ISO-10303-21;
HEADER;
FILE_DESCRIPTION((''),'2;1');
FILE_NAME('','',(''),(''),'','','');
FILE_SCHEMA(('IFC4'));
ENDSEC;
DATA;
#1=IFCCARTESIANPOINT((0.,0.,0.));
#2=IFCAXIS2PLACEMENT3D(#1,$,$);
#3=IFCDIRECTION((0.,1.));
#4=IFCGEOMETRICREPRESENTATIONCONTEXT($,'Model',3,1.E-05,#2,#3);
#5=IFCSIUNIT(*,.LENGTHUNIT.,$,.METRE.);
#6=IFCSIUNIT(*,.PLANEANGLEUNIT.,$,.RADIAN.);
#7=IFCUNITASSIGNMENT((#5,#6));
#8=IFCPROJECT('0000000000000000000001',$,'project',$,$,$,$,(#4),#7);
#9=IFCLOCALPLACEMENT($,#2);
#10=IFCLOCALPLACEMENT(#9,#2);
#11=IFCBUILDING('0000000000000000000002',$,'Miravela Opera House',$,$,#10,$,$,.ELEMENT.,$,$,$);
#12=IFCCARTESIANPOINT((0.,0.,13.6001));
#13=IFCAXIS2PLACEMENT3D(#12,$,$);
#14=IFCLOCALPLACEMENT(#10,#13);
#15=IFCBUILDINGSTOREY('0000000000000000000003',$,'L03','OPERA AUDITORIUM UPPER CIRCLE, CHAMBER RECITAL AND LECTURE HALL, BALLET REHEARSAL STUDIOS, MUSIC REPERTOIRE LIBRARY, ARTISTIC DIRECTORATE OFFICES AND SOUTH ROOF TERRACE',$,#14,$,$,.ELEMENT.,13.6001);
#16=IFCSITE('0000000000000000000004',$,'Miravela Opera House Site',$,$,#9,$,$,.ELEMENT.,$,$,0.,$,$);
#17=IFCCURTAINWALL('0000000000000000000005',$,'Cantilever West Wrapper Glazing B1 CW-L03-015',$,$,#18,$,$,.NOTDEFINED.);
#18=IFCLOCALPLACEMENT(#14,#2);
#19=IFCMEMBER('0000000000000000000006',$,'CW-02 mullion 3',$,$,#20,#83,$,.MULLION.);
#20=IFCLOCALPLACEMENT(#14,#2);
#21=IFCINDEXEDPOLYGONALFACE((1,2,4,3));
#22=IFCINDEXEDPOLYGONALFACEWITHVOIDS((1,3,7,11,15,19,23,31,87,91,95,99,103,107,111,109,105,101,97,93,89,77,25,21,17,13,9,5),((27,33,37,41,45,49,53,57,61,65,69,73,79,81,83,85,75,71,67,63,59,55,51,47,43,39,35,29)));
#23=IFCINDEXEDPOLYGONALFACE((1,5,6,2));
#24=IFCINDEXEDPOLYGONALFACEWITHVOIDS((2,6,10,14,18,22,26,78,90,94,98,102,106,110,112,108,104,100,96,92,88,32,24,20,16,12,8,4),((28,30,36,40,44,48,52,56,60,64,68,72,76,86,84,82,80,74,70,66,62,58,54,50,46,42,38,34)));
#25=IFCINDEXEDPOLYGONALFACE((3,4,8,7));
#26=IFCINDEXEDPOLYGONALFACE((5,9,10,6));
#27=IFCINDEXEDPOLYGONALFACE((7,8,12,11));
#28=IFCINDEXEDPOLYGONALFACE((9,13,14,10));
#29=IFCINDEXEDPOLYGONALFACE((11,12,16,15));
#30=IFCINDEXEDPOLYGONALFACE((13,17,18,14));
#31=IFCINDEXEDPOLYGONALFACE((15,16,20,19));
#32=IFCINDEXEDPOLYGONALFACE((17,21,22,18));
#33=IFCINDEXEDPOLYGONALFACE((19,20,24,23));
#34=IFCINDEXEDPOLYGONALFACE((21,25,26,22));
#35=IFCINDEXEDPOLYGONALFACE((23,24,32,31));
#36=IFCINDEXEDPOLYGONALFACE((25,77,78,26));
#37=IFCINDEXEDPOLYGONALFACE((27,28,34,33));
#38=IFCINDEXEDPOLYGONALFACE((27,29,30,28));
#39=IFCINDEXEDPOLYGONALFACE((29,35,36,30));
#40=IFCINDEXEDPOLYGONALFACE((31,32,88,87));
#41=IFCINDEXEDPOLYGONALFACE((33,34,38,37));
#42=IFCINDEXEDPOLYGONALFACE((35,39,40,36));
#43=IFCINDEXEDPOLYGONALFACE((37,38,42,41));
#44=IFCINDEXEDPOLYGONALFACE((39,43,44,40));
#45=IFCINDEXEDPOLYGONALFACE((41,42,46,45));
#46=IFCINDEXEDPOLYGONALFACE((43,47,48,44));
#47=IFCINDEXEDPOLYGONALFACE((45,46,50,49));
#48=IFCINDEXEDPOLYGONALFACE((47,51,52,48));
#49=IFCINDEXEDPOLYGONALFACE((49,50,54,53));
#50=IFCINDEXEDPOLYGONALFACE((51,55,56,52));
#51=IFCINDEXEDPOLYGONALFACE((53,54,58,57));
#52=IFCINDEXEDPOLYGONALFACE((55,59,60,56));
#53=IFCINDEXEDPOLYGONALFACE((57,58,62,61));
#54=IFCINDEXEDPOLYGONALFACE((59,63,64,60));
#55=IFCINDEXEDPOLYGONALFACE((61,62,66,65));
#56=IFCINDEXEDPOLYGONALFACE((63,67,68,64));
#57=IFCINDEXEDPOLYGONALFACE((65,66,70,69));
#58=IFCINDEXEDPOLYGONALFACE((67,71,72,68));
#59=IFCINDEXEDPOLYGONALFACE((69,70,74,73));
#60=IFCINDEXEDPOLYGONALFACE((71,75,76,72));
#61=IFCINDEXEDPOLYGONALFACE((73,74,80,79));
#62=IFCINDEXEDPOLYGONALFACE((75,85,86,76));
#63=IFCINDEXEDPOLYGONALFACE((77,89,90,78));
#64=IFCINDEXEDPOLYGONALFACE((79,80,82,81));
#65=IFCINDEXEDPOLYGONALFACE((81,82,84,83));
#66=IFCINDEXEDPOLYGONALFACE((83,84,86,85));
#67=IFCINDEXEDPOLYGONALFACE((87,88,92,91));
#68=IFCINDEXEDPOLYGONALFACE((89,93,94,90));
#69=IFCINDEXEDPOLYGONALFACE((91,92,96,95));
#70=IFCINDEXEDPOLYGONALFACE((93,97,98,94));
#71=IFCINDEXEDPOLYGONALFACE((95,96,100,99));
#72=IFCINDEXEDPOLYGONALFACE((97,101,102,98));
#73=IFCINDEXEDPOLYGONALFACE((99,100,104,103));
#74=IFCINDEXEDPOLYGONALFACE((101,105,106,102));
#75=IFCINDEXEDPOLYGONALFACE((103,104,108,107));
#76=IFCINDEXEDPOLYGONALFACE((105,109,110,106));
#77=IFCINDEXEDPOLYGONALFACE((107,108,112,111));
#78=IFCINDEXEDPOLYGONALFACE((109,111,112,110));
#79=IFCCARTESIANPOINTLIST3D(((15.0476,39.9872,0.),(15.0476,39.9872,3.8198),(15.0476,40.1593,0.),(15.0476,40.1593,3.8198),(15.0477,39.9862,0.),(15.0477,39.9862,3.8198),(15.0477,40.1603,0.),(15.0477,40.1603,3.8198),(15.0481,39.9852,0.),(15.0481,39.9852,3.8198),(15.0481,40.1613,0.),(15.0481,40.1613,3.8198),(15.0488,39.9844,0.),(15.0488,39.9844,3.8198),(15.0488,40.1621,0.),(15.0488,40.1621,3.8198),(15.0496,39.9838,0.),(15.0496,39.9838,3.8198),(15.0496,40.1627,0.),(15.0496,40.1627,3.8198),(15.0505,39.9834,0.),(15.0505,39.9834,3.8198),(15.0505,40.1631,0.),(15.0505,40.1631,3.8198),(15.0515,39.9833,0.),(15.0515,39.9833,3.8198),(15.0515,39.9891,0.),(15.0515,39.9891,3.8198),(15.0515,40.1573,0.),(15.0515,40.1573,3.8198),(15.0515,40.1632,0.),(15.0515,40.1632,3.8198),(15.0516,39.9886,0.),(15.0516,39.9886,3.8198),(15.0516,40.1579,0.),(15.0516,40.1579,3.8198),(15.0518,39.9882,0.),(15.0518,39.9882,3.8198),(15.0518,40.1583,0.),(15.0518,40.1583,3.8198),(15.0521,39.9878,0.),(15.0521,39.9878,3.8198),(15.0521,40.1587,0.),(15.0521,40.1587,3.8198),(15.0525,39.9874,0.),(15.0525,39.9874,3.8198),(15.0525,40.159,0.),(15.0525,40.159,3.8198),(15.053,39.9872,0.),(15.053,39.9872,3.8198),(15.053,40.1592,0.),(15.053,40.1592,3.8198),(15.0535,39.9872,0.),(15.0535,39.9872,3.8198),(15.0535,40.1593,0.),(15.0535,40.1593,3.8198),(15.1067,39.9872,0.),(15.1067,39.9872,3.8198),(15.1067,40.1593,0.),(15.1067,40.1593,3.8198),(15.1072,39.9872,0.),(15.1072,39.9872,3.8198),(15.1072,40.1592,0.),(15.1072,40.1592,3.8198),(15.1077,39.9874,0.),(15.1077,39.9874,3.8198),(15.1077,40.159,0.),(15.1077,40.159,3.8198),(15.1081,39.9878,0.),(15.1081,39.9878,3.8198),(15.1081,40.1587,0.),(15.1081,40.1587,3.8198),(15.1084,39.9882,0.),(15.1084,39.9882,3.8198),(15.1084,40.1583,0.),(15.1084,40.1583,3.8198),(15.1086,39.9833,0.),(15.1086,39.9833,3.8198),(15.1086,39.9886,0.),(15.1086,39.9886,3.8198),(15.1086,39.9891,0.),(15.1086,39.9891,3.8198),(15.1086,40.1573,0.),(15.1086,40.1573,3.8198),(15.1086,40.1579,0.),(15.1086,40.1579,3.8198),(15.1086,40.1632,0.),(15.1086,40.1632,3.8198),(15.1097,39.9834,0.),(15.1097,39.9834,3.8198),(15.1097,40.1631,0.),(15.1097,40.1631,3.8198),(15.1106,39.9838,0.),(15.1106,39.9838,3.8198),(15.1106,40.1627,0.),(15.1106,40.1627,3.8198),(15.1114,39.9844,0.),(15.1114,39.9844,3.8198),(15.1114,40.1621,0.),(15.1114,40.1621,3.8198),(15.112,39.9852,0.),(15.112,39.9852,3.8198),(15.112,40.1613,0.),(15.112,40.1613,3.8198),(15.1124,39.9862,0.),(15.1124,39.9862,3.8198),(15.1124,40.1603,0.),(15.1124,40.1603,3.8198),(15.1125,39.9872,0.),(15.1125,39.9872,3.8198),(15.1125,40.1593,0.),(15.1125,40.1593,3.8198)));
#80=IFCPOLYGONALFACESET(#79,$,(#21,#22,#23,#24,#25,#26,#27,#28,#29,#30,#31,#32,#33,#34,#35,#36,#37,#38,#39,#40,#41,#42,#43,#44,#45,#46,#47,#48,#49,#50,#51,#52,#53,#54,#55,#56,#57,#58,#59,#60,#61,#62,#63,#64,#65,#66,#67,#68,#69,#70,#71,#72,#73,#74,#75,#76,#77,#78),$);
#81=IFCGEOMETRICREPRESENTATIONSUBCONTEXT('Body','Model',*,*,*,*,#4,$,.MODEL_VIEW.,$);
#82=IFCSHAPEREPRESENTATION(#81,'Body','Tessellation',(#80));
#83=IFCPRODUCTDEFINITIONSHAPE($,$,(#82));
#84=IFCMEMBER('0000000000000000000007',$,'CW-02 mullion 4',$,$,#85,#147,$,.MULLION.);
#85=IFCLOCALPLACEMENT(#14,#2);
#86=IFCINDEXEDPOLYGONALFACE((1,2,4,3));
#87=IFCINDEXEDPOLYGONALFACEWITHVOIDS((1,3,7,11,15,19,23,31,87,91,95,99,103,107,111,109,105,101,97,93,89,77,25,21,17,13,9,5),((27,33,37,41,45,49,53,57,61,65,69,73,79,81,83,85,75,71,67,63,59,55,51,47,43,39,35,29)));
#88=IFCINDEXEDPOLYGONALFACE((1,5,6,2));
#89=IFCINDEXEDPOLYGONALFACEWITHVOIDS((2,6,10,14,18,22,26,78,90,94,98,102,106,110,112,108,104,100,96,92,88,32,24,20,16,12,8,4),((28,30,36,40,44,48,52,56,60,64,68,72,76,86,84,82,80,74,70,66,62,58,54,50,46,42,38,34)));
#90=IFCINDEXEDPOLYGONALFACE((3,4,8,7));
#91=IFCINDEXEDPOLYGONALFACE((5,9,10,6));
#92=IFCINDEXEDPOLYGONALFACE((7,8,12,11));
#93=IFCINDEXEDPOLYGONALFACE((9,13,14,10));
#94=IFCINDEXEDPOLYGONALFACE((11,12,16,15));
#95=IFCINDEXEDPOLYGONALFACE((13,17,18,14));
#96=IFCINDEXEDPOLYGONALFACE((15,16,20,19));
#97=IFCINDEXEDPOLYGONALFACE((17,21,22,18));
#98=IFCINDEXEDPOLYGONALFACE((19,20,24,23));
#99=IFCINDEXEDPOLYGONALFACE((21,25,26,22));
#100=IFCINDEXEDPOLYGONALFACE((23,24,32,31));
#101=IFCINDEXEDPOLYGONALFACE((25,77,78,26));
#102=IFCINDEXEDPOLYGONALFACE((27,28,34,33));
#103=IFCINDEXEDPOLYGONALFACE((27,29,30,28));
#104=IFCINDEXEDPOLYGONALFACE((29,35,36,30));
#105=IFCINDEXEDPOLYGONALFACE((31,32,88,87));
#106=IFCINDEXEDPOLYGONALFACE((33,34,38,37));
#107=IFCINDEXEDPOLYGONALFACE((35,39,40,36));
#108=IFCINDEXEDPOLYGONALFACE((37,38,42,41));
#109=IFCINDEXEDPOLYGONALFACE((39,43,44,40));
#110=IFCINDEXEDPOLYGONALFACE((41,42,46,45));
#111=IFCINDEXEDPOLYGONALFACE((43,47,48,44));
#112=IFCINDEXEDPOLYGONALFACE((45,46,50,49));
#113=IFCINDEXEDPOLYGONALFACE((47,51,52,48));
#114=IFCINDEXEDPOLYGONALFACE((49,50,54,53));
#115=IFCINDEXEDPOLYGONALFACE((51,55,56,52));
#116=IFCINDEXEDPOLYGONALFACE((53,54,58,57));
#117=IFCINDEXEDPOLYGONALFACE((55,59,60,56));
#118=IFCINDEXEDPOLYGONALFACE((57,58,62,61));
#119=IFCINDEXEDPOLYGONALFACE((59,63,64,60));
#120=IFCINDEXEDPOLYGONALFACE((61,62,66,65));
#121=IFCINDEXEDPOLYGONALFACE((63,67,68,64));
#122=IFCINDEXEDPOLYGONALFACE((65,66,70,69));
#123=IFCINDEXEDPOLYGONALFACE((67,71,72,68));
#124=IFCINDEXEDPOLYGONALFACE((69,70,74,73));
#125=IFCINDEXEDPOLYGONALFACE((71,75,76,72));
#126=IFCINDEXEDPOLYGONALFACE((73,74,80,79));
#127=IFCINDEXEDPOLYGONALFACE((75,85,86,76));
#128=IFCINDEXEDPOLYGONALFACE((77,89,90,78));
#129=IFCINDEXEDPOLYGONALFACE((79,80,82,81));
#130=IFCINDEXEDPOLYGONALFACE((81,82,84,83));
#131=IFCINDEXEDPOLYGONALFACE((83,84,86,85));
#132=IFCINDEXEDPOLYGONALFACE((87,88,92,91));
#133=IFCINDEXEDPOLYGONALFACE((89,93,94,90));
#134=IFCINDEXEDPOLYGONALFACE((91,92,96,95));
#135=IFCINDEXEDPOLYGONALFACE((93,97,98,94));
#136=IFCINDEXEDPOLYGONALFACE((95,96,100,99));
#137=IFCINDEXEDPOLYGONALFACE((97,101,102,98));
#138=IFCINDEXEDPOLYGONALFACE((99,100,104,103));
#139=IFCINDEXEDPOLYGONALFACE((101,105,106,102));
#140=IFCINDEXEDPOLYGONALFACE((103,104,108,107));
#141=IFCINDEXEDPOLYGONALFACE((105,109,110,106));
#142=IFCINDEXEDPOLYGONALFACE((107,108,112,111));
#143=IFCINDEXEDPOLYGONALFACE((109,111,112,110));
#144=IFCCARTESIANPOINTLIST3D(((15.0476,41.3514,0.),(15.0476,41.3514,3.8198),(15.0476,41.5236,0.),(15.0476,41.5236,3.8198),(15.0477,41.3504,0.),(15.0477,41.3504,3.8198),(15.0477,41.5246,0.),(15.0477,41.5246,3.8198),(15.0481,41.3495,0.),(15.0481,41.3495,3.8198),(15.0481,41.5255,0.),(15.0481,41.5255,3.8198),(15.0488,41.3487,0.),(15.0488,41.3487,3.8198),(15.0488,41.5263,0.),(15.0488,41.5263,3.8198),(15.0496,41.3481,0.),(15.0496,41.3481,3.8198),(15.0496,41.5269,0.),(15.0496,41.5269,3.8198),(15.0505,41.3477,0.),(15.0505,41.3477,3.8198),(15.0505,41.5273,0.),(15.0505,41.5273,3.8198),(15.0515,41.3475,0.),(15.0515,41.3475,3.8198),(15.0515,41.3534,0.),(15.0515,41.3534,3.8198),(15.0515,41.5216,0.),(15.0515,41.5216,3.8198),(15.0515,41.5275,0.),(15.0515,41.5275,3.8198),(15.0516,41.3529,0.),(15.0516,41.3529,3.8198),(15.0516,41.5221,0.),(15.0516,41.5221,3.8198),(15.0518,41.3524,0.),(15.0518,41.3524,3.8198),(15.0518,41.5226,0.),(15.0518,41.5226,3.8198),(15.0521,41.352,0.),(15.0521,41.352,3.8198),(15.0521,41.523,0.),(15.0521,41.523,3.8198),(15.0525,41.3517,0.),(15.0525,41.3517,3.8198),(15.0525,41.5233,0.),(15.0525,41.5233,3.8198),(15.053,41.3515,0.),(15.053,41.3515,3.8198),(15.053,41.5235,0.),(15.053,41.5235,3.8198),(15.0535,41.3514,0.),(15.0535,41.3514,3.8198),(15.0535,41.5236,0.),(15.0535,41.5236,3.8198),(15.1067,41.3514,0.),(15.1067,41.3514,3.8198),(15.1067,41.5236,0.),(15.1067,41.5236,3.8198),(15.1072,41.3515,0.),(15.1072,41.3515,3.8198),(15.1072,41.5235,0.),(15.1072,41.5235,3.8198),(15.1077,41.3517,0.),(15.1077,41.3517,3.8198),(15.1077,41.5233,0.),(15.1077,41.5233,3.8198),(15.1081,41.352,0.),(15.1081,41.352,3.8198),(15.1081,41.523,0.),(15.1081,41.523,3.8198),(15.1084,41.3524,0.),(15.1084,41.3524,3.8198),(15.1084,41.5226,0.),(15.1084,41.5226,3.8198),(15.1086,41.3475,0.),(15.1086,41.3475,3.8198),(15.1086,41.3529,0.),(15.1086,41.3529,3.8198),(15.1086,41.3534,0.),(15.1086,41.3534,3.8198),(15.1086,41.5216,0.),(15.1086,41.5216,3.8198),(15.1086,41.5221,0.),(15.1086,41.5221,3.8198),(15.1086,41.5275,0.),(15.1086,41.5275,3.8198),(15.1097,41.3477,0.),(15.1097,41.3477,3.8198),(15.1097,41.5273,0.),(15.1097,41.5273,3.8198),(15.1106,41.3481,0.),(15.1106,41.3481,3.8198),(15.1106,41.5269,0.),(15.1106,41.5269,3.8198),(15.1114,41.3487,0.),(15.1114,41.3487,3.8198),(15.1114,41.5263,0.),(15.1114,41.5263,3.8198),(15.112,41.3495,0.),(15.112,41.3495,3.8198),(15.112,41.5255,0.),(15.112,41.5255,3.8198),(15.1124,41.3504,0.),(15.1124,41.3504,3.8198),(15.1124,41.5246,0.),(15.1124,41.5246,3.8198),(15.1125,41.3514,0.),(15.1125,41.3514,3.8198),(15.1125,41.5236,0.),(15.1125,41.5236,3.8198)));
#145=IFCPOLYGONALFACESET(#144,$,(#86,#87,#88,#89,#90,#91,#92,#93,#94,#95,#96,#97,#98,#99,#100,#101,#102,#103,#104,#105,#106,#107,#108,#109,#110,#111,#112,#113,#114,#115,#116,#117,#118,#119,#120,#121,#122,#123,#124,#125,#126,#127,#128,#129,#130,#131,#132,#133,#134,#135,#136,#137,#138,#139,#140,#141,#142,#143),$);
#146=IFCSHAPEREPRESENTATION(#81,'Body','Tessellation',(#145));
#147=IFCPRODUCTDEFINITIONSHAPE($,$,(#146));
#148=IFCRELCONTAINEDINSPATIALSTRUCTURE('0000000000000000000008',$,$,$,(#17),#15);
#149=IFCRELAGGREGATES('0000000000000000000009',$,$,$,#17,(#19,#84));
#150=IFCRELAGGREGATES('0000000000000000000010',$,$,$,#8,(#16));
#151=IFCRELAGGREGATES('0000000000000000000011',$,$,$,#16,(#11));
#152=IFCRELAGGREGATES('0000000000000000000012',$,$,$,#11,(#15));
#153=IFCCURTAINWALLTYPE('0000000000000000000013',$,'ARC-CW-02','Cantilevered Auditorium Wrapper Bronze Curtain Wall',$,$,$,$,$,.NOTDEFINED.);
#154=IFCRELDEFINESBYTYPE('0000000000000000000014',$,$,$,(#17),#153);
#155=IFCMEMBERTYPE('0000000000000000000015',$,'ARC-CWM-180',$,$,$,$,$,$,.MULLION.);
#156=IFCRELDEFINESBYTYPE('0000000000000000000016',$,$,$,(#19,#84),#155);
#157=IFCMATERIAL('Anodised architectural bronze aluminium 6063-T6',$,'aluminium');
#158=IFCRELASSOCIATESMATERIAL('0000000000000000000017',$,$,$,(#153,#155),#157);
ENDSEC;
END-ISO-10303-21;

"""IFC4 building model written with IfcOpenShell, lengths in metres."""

from ifc_helpers import new_model, si_unit, direction, frame, origin, origin_2d, place, context, subcontext, project, spatial, hollow_rectangle, extrude, material, material_profile, profile_set, type_object, element, aggregate, save


model = new_model("IFC4")

# Units and contexts
model_context = context("Model", 3, precision=1e-05, world=origin(), true_north=direction((0.0, 1.0)))
body_context = subcontext(model_context, "Body", "Model", "MODEL_VIEW")
ifc_project = project(units=[si_unit("LENGTHUNIT", "METRE"), si_unit("PLANEANGLEUNIT", "RADIAN")], contexts=[model_context])

# Site, building, storey
site_placement = place(None, origin())
site = spatial("IfcSite", under=ifc_project, at=site_placement, Name="Miravela Opera House Site", CompositionType="ELEMENT", RefElevation=0.0)
building_placement = place(site_placement, origin())
building = spatial("IfcBuilding", under=site, at=building_placement, Name="Miravela Opera House", CompositionType="ELEMENT")
storey_placement = place(building_placement, frame((0.0, 0.0, 13.6001)))
storey = spatial("IfcBuildingStorey", under=building, at=storey_placement, Name="L03", Description="OPERA AUDITORIUM UPPER CIRCLE, CHAMBER RECITAL AND LECTURE HALL, BALLET REHEARSAL STUDIOS, MUSIC REPERTOIRE LIBRARY, ARTISTIC DIRECTORATE OFFICES AND SOUTH ROOF TERRACE", CompositionType="ELEMENT", Elevation=13.6001)

# Curtain wall, members
ifc_material_1 = material(Name="Anodised architectural bronze aluminium 6063-T6", Category="aluminium")
curtain_wall_type = type_object("IfcCurtainWallType", Name="ARC-CW-02", Description="Cantilevered Auditorium Wrapper Bronze Curtain Wall", PredefinedType="NOTDEFINED", material=ifc_material_1)
curtain_wall_1_placement = place(storey_placement, origin())
curtain_wall_1 = element("IfcCurtainWall", 1, at=curtain_wall_1_placement, inside=storey, type_object=curtain_wall_type, Name="Cantilever West Wrapper Glazing B1 CW-L03-015", PredefinedType="NOTDEFINED")
ifc_material_profile_1 = material_profile(ifc_material_1, hollow_rectangle(XDim=0.0649, YDim=0.1799, WallThickness=0.0039, InnerFilletRadius=0.002, OuterFilletRadius=0.0039, at=origin_2d()), Name="CWM-65X180")
ifc_profile_set_1 = profile_set([ifc_material_profile_1])
member_type_1 = type_object("IfcMemberType", Name="ARC-CWM-180", PredefinedType="MULLION", material=ifc_profile_set_1)
member_1_placement = place(storey_placement, frame((15.0801, 40.0732, 0.0), z_axis=(0.0, 0.0, 1.0), x_axis=(-1.0, 0.0, 0.0)))
member_1 = element("IfcMember", 2, at=member_1_placement, type_object=member_type_1, Name="CW-02 mullion 3", PredefinedType="MULLION", context=body_context, shape_type="SweptSolid", body=[
    extrude(hollow_rectangle(XDim=0.0649, YDim=0.1799, WallThickness=0.0039, InnerFilletRadius=0.002, OuterFilletRadius=0.0039, at=origin_2d()), origin(), (0.0, 0.0, 1.0), 3.8198),
])
member_2_placement = place(storey_placement, frame((15.0801, 41.4375, 0.0), z_axis=(0.0, 0.0, 1.0), x_axis=(-1.0, 0.0, 0.0)))
member_2 = element("IfcMember", 3, at=member_2_placement, type_object=member_type_1, Name="CW-02 mullion 4", PredefinedType="MULLION", context=body_context, shape_type="SweptSolid", body=[
    extrude(hollow_rectangle(XDim=0.0649, YDim=0.1799, WallThickness=0.0039, InnerFilletRadius=0.002, OuterFilletRadius=0.0039, at=origin_2d()), origin(), (0.0, 0.0, 1.0), 3.8198),
])

aggregate(curtain_wall_1, [member_1, member_2])

save(model, "model.ifc")
